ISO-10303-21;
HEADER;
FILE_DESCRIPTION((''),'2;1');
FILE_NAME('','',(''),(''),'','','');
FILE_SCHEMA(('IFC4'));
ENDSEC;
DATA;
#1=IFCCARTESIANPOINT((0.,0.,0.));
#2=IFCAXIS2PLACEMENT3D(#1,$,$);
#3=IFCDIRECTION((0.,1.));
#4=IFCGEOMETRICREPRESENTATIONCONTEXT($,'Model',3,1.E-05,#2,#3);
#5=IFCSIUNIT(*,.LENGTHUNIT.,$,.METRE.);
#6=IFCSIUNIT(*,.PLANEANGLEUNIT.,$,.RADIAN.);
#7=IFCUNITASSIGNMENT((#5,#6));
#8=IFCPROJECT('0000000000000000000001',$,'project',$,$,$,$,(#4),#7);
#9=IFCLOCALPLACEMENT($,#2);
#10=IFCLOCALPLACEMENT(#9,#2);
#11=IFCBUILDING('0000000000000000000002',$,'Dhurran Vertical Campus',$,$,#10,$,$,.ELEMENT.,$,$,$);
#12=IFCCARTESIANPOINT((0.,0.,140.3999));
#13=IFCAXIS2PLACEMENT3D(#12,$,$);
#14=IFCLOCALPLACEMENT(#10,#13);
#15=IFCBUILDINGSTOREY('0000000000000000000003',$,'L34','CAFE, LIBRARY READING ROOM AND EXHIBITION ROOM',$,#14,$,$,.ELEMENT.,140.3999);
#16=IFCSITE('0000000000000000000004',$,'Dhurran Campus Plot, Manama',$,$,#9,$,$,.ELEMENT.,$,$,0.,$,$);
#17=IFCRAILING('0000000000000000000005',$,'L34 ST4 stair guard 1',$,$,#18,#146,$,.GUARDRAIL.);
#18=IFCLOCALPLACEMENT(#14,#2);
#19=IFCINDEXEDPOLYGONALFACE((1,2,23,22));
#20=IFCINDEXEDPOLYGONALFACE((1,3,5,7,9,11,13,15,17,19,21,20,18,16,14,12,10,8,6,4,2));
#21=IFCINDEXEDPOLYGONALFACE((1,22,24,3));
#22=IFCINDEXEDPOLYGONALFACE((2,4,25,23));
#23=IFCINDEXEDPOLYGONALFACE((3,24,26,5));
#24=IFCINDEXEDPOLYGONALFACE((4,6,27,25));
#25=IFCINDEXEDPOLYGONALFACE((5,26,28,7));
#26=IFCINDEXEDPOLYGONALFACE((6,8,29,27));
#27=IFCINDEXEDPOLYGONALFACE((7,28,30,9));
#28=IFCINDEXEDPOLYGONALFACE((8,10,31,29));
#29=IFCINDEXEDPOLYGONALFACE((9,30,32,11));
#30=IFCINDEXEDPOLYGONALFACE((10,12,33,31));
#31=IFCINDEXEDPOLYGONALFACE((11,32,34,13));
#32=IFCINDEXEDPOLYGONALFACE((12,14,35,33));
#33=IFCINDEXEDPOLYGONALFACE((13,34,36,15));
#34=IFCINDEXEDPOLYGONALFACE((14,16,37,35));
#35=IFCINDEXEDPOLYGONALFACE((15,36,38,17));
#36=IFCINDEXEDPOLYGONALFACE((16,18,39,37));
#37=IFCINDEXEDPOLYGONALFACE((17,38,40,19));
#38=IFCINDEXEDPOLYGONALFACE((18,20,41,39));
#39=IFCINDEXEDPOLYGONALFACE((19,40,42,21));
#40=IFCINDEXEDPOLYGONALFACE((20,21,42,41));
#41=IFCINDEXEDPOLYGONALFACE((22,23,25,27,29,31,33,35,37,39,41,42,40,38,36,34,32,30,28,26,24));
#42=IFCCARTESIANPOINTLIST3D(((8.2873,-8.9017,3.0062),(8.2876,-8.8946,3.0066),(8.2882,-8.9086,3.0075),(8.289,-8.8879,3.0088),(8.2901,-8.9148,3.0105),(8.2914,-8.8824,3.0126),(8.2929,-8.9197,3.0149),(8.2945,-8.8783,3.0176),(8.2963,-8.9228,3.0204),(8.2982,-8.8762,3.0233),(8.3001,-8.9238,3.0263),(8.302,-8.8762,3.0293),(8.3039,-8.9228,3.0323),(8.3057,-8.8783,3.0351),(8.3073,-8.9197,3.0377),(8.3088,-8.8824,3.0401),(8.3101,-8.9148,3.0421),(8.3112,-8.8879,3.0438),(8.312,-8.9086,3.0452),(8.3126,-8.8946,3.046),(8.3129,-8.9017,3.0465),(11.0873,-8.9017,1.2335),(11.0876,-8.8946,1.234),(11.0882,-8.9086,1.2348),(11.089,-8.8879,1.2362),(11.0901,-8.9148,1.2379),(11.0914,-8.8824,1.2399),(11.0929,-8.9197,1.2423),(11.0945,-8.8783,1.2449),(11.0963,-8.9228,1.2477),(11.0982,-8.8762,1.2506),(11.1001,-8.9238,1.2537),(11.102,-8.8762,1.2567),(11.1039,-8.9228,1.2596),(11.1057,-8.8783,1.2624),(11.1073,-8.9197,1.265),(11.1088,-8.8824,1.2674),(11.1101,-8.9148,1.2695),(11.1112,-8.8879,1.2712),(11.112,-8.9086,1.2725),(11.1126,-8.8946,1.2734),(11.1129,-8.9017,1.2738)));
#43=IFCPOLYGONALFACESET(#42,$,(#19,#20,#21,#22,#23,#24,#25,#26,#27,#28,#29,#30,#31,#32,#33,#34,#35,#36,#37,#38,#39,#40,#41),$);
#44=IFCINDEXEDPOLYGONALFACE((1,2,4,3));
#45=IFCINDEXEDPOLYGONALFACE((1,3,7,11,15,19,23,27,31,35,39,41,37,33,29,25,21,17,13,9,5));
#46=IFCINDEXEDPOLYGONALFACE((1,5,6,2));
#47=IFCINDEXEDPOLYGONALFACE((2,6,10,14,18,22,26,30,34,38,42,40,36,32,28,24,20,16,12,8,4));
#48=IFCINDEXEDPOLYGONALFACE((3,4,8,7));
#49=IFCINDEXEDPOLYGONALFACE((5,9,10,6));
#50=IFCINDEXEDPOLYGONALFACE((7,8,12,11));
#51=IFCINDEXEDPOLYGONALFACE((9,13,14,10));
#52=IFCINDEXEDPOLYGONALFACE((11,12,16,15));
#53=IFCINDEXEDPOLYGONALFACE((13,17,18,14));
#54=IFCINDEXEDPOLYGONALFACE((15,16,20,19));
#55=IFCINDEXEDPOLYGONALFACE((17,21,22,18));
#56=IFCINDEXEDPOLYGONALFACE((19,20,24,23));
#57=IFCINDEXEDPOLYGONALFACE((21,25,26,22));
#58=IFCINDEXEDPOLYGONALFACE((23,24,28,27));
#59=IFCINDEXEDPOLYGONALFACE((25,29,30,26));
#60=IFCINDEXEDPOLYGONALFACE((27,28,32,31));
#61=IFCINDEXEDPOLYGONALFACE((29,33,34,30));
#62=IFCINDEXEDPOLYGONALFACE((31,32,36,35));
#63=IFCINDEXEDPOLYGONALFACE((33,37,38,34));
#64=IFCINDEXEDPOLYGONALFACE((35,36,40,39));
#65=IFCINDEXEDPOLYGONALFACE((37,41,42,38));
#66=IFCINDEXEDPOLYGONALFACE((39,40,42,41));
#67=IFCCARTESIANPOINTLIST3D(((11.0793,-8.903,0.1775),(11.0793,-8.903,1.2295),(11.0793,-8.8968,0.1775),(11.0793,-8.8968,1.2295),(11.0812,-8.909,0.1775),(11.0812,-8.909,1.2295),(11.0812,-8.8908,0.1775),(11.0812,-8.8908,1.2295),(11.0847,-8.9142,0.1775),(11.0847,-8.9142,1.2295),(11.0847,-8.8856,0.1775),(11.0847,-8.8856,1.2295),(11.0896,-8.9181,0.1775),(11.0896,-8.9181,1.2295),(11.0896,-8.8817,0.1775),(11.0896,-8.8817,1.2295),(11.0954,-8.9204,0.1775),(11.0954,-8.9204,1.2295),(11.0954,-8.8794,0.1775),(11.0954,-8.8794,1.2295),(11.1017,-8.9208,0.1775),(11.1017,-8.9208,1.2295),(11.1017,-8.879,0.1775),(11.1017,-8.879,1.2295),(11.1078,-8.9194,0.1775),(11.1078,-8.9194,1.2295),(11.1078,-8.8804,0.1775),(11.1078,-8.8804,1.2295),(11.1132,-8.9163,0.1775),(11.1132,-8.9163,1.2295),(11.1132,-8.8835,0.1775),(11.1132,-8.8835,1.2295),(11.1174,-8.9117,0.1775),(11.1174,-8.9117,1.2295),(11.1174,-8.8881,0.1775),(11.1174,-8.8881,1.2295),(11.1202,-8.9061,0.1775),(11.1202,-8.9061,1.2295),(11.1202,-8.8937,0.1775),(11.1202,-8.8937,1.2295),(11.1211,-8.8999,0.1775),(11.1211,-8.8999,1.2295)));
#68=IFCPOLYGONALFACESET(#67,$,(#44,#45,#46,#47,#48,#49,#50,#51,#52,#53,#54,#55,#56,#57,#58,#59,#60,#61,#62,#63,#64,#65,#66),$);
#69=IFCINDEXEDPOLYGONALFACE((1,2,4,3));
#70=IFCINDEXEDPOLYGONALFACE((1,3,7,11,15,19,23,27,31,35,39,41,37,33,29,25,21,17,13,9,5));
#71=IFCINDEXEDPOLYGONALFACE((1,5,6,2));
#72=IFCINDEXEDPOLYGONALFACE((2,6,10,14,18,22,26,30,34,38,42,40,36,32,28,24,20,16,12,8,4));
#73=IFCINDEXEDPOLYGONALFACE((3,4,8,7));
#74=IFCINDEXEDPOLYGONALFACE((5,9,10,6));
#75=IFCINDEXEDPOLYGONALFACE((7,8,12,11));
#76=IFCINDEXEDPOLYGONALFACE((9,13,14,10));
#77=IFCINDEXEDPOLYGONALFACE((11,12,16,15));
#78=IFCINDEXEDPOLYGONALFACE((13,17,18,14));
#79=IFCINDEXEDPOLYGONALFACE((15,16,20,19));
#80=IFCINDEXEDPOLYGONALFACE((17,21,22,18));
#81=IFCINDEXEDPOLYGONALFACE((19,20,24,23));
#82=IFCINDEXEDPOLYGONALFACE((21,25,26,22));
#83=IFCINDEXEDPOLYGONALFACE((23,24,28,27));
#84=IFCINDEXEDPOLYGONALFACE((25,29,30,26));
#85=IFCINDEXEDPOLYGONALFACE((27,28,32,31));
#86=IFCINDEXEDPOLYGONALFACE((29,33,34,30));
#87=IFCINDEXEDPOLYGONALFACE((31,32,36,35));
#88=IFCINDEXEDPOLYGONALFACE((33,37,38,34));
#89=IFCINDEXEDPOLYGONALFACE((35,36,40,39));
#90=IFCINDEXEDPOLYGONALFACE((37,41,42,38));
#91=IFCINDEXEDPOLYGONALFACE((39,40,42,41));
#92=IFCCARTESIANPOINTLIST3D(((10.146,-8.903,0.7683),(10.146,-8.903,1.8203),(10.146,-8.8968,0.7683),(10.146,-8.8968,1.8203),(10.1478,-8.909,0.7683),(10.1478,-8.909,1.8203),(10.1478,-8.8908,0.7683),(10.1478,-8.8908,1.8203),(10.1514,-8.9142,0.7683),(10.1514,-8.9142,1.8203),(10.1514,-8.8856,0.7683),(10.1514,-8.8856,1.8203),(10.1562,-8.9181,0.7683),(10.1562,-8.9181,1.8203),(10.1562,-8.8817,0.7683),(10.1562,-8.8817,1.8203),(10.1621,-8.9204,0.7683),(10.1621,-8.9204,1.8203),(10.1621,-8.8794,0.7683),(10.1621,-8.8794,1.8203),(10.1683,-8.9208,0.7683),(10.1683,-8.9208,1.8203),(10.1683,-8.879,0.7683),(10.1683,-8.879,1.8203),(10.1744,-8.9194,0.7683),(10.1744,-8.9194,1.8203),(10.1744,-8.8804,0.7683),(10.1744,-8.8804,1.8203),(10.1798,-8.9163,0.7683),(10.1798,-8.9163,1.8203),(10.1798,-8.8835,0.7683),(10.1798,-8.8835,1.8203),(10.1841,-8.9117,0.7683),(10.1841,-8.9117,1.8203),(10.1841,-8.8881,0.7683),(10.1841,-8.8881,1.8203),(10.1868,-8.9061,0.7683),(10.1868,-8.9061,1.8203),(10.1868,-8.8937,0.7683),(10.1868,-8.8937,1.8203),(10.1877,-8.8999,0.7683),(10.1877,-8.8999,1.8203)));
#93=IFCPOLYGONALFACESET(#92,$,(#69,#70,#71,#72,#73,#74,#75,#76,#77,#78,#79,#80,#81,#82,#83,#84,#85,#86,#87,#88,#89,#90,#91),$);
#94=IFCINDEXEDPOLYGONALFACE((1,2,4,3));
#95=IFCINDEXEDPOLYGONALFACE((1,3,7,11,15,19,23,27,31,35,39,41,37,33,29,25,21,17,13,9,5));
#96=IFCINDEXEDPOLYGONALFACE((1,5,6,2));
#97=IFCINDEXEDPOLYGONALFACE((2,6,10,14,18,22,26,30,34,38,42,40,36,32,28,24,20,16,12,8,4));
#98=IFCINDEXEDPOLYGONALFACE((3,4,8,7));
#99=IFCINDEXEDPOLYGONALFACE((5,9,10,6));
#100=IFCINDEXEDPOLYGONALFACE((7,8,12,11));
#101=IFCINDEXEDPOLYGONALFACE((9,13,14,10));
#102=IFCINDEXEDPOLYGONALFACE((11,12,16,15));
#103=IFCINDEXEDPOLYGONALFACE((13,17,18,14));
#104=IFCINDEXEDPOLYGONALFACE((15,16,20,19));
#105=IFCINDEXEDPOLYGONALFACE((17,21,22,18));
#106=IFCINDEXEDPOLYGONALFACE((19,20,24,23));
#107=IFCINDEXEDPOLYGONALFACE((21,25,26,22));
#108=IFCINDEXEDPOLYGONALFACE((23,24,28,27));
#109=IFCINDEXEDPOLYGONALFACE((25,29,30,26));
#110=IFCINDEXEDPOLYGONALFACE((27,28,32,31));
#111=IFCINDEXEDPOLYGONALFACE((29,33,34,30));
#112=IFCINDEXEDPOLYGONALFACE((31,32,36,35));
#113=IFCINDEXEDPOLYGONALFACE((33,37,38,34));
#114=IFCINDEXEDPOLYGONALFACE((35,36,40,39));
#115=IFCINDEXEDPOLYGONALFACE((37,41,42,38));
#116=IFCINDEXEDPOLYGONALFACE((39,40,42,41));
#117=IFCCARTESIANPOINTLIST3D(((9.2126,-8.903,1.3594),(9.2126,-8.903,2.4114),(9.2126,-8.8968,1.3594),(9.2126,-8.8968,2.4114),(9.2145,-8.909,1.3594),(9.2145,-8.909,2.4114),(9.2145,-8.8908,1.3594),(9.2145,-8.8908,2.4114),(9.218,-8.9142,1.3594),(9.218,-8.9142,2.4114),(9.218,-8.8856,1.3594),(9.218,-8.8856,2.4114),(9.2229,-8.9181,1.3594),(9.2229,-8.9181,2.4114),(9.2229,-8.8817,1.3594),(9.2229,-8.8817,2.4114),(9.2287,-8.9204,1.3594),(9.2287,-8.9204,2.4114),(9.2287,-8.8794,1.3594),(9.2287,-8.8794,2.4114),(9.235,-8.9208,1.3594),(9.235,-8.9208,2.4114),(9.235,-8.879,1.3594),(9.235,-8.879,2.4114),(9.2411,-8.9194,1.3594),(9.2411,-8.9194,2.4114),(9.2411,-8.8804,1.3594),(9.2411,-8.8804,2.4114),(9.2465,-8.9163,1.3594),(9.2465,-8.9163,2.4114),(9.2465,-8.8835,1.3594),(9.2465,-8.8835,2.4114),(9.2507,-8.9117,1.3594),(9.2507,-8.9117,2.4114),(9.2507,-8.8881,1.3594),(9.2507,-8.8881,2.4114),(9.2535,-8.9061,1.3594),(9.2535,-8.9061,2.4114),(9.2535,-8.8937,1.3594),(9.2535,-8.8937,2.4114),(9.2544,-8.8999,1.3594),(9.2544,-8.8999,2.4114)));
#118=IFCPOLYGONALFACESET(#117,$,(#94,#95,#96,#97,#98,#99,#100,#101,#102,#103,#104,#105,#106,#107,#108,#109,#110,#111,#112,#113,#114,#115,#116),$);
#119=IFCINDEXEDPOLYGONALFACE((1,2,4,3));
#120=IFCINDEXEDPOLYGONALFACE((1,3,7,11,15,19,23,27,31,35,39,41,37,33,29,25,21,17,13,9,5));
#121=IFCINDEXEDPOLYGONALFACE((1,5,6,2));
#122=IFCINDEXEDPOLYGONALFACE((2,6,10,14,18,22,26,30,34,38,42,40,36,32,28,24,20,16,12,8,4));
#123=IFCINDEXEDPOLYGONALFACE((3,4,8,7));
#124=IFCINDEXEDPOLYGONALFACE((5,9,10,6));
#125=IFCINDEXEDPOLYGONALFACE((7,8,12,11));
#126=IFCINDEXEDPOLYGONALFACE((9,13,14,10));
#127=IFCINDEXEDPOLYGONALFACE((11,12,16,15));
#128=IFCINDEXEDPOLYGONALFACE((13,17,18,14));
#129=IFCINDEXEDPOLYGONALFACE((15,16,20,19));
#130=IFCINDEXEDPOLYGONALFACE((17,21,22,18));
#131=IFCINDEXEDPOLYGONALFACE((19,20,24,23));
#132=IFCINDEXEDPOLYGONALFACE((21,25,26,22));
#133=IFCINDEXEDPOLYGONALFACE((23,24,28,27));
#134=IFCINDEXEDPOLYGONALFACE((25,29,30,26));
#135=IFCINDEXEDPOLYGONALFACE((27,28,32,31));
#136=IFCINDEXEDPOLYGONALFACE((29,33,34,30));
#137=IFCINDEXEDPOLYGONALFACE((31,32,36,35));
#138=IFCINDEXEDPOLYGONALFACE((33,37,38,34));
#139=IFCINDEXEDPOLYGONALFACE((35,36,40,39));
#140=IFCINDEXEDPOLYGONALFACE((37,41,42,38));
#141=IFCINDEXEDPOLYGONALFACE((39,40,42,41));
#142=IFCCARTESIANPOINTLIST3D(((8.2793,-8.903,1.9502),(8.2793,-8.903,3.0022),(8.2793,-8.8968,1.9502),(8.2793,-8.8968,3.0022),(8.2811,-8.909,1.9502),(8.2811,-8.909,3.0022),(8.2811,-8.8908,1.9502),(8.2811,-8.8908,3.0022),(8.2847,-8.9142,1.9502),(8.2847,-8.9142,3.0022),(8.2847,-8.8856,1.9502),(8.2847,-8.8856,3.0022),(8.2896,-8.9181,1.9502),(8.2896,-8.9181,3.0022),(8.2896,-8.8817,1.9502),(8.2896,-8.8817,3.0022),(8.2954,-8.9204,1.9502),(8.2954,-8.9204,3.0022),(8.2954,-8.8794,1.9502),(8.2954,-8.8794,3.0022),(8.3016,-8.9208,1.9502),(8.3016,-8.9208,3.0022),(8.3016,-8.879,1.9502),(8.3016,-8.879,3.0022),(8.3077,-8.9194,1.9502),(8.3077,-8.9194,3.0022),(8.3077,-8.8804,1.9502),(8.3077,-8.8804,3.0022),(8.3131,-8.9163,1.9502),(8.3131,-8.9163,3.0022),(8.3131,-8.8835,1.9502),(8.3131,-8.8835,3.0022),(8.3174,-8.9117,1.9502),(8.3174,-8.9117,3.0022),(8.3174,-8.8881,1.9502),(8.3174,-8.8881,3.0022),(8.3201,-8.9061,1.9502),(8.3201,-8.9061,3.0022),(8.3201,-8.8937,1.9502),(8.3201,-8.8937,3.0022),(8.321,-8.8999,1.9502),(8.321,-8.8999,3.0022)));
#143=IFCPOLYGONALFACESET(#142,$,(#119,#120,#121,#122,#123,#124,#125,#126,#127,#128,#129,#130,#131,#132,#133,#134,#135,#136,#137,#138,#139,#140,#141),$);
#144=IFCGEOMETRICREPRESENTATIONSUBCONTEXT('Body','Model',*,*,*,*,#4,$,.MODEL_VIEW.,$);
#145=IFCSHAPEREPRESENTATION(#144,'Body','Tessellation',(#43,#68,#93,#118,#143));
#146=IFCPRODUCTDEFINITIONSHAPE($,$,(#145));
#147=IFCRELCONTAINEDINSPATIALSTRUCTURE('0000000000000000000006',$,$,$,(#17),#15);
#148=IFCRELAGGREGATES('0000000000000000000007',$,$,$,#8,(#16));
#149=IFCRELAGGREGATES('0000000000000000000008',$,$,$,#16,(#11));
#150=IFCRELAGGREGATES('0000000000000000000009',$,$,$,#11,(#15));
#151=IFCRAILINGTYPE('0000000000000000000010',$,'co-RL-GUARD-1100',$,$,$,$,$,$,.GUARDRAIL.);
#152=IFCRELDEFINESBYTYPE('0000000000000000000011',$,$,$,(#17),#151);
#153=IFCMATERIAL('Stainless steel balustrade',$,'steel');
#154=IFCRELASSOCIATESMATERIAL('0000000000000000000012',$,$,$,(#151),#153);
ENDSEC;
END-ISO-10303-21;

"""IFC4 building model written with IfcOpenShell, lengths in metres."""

from ifc_helpers import new_model, si_unit, direction, frame, origin, origin_2d, place, context, subcontext, project, spatial, circle, extrude, material, type_object, element, save


model = new_model("IFC4")

# Units and contexts
model_context = context("Model", 3, precision=1e-05, world=origin(), true_north=direction((0.0, 1.0)))
body_context = subcontext(model_context, "Body", "Model", "MODEL_VIEW")
ifc_project = project(units=[si_unit("LENGTHUNIT", "METRE"), si_unit("PLANEANGLEUNIT", "RADIAN")], contexts=[model_context])

# Site, building, storey
site_placement = place(None, origin())
site = spatial("IfcSite", under=ifc_project, at=site_placement, Name="Dhurran Campus Plot, Manama", CompositionType="ELEMENT", RefElevation=0.0)
building_placement = place(site_placement, origin())
building = spatial("IfcBuilding", under=site, at=building_placement, Name="Dhurran Vertical Campus", CompositionType="ELEMENT")
storey_placement = place(building_placement, frame((0.0, 0.0, 140.3999)))
storey = spatial("IfcBuildingStorey", under=building, at=storey_placement, Name="L34", Description="CAFE, LIBRARY READING ROOM AND EXHIBITION ROOM", CompositionType="ELEMENT", Elevation=140.3999)

# Railing
ifc_material_1 = material(Name="Stainless steel balustrade", Category="steel")
railing_type = type_object("IfcRailingType", Name="co-RL-GUARD-1100", PredefinedType="GUARDRAIL", material=ifc_material_1)
railing_placement = place(storey_placement, frame((11.1001, -8.8999, 0.1775)))
element("IfcRailing", 1, at=railing_placement, inside=storey, type_object=railing_type, Name="L34 ST4 stair guard 1", PredefinedType="GUARDRAIL", context=body_context, shape_type="SweptSolid", body=[
    extrude(circle(Radius=0.0239, at=origin_2d()), frame((0.0, 0.0, 1.0762), z_axis=(-0.844909, 0.0, 0.53491), x_axis=(0.0, -1.0, 0.0)), (0.0, 0.0, 1.0), 3.314),
    extrude(circle(Radius=0.021, at=origin_2d()), origin(), (0.0, 0.0, 1.0), 1.052),
    extrude(circle(Radius=0.021, at=origin_2d()), frame((-0.9333, 0.0, 0.5908)), (0.0, 0.0, 1.0), 1.052),
    extrude(circle(Radius=0.021, at=origin_2d()), frame((-1.8667, 0.0, 1.1819)), (0.0, 0.0, 1.0), 1.052),
    extrude(circle(Radius=0.021, at=origin_2d()), frame((-2.8, 0.0, 1.7727)), (0.0, 0.0, 1.0), 1.052),
])

save(model, "model.ifc")
